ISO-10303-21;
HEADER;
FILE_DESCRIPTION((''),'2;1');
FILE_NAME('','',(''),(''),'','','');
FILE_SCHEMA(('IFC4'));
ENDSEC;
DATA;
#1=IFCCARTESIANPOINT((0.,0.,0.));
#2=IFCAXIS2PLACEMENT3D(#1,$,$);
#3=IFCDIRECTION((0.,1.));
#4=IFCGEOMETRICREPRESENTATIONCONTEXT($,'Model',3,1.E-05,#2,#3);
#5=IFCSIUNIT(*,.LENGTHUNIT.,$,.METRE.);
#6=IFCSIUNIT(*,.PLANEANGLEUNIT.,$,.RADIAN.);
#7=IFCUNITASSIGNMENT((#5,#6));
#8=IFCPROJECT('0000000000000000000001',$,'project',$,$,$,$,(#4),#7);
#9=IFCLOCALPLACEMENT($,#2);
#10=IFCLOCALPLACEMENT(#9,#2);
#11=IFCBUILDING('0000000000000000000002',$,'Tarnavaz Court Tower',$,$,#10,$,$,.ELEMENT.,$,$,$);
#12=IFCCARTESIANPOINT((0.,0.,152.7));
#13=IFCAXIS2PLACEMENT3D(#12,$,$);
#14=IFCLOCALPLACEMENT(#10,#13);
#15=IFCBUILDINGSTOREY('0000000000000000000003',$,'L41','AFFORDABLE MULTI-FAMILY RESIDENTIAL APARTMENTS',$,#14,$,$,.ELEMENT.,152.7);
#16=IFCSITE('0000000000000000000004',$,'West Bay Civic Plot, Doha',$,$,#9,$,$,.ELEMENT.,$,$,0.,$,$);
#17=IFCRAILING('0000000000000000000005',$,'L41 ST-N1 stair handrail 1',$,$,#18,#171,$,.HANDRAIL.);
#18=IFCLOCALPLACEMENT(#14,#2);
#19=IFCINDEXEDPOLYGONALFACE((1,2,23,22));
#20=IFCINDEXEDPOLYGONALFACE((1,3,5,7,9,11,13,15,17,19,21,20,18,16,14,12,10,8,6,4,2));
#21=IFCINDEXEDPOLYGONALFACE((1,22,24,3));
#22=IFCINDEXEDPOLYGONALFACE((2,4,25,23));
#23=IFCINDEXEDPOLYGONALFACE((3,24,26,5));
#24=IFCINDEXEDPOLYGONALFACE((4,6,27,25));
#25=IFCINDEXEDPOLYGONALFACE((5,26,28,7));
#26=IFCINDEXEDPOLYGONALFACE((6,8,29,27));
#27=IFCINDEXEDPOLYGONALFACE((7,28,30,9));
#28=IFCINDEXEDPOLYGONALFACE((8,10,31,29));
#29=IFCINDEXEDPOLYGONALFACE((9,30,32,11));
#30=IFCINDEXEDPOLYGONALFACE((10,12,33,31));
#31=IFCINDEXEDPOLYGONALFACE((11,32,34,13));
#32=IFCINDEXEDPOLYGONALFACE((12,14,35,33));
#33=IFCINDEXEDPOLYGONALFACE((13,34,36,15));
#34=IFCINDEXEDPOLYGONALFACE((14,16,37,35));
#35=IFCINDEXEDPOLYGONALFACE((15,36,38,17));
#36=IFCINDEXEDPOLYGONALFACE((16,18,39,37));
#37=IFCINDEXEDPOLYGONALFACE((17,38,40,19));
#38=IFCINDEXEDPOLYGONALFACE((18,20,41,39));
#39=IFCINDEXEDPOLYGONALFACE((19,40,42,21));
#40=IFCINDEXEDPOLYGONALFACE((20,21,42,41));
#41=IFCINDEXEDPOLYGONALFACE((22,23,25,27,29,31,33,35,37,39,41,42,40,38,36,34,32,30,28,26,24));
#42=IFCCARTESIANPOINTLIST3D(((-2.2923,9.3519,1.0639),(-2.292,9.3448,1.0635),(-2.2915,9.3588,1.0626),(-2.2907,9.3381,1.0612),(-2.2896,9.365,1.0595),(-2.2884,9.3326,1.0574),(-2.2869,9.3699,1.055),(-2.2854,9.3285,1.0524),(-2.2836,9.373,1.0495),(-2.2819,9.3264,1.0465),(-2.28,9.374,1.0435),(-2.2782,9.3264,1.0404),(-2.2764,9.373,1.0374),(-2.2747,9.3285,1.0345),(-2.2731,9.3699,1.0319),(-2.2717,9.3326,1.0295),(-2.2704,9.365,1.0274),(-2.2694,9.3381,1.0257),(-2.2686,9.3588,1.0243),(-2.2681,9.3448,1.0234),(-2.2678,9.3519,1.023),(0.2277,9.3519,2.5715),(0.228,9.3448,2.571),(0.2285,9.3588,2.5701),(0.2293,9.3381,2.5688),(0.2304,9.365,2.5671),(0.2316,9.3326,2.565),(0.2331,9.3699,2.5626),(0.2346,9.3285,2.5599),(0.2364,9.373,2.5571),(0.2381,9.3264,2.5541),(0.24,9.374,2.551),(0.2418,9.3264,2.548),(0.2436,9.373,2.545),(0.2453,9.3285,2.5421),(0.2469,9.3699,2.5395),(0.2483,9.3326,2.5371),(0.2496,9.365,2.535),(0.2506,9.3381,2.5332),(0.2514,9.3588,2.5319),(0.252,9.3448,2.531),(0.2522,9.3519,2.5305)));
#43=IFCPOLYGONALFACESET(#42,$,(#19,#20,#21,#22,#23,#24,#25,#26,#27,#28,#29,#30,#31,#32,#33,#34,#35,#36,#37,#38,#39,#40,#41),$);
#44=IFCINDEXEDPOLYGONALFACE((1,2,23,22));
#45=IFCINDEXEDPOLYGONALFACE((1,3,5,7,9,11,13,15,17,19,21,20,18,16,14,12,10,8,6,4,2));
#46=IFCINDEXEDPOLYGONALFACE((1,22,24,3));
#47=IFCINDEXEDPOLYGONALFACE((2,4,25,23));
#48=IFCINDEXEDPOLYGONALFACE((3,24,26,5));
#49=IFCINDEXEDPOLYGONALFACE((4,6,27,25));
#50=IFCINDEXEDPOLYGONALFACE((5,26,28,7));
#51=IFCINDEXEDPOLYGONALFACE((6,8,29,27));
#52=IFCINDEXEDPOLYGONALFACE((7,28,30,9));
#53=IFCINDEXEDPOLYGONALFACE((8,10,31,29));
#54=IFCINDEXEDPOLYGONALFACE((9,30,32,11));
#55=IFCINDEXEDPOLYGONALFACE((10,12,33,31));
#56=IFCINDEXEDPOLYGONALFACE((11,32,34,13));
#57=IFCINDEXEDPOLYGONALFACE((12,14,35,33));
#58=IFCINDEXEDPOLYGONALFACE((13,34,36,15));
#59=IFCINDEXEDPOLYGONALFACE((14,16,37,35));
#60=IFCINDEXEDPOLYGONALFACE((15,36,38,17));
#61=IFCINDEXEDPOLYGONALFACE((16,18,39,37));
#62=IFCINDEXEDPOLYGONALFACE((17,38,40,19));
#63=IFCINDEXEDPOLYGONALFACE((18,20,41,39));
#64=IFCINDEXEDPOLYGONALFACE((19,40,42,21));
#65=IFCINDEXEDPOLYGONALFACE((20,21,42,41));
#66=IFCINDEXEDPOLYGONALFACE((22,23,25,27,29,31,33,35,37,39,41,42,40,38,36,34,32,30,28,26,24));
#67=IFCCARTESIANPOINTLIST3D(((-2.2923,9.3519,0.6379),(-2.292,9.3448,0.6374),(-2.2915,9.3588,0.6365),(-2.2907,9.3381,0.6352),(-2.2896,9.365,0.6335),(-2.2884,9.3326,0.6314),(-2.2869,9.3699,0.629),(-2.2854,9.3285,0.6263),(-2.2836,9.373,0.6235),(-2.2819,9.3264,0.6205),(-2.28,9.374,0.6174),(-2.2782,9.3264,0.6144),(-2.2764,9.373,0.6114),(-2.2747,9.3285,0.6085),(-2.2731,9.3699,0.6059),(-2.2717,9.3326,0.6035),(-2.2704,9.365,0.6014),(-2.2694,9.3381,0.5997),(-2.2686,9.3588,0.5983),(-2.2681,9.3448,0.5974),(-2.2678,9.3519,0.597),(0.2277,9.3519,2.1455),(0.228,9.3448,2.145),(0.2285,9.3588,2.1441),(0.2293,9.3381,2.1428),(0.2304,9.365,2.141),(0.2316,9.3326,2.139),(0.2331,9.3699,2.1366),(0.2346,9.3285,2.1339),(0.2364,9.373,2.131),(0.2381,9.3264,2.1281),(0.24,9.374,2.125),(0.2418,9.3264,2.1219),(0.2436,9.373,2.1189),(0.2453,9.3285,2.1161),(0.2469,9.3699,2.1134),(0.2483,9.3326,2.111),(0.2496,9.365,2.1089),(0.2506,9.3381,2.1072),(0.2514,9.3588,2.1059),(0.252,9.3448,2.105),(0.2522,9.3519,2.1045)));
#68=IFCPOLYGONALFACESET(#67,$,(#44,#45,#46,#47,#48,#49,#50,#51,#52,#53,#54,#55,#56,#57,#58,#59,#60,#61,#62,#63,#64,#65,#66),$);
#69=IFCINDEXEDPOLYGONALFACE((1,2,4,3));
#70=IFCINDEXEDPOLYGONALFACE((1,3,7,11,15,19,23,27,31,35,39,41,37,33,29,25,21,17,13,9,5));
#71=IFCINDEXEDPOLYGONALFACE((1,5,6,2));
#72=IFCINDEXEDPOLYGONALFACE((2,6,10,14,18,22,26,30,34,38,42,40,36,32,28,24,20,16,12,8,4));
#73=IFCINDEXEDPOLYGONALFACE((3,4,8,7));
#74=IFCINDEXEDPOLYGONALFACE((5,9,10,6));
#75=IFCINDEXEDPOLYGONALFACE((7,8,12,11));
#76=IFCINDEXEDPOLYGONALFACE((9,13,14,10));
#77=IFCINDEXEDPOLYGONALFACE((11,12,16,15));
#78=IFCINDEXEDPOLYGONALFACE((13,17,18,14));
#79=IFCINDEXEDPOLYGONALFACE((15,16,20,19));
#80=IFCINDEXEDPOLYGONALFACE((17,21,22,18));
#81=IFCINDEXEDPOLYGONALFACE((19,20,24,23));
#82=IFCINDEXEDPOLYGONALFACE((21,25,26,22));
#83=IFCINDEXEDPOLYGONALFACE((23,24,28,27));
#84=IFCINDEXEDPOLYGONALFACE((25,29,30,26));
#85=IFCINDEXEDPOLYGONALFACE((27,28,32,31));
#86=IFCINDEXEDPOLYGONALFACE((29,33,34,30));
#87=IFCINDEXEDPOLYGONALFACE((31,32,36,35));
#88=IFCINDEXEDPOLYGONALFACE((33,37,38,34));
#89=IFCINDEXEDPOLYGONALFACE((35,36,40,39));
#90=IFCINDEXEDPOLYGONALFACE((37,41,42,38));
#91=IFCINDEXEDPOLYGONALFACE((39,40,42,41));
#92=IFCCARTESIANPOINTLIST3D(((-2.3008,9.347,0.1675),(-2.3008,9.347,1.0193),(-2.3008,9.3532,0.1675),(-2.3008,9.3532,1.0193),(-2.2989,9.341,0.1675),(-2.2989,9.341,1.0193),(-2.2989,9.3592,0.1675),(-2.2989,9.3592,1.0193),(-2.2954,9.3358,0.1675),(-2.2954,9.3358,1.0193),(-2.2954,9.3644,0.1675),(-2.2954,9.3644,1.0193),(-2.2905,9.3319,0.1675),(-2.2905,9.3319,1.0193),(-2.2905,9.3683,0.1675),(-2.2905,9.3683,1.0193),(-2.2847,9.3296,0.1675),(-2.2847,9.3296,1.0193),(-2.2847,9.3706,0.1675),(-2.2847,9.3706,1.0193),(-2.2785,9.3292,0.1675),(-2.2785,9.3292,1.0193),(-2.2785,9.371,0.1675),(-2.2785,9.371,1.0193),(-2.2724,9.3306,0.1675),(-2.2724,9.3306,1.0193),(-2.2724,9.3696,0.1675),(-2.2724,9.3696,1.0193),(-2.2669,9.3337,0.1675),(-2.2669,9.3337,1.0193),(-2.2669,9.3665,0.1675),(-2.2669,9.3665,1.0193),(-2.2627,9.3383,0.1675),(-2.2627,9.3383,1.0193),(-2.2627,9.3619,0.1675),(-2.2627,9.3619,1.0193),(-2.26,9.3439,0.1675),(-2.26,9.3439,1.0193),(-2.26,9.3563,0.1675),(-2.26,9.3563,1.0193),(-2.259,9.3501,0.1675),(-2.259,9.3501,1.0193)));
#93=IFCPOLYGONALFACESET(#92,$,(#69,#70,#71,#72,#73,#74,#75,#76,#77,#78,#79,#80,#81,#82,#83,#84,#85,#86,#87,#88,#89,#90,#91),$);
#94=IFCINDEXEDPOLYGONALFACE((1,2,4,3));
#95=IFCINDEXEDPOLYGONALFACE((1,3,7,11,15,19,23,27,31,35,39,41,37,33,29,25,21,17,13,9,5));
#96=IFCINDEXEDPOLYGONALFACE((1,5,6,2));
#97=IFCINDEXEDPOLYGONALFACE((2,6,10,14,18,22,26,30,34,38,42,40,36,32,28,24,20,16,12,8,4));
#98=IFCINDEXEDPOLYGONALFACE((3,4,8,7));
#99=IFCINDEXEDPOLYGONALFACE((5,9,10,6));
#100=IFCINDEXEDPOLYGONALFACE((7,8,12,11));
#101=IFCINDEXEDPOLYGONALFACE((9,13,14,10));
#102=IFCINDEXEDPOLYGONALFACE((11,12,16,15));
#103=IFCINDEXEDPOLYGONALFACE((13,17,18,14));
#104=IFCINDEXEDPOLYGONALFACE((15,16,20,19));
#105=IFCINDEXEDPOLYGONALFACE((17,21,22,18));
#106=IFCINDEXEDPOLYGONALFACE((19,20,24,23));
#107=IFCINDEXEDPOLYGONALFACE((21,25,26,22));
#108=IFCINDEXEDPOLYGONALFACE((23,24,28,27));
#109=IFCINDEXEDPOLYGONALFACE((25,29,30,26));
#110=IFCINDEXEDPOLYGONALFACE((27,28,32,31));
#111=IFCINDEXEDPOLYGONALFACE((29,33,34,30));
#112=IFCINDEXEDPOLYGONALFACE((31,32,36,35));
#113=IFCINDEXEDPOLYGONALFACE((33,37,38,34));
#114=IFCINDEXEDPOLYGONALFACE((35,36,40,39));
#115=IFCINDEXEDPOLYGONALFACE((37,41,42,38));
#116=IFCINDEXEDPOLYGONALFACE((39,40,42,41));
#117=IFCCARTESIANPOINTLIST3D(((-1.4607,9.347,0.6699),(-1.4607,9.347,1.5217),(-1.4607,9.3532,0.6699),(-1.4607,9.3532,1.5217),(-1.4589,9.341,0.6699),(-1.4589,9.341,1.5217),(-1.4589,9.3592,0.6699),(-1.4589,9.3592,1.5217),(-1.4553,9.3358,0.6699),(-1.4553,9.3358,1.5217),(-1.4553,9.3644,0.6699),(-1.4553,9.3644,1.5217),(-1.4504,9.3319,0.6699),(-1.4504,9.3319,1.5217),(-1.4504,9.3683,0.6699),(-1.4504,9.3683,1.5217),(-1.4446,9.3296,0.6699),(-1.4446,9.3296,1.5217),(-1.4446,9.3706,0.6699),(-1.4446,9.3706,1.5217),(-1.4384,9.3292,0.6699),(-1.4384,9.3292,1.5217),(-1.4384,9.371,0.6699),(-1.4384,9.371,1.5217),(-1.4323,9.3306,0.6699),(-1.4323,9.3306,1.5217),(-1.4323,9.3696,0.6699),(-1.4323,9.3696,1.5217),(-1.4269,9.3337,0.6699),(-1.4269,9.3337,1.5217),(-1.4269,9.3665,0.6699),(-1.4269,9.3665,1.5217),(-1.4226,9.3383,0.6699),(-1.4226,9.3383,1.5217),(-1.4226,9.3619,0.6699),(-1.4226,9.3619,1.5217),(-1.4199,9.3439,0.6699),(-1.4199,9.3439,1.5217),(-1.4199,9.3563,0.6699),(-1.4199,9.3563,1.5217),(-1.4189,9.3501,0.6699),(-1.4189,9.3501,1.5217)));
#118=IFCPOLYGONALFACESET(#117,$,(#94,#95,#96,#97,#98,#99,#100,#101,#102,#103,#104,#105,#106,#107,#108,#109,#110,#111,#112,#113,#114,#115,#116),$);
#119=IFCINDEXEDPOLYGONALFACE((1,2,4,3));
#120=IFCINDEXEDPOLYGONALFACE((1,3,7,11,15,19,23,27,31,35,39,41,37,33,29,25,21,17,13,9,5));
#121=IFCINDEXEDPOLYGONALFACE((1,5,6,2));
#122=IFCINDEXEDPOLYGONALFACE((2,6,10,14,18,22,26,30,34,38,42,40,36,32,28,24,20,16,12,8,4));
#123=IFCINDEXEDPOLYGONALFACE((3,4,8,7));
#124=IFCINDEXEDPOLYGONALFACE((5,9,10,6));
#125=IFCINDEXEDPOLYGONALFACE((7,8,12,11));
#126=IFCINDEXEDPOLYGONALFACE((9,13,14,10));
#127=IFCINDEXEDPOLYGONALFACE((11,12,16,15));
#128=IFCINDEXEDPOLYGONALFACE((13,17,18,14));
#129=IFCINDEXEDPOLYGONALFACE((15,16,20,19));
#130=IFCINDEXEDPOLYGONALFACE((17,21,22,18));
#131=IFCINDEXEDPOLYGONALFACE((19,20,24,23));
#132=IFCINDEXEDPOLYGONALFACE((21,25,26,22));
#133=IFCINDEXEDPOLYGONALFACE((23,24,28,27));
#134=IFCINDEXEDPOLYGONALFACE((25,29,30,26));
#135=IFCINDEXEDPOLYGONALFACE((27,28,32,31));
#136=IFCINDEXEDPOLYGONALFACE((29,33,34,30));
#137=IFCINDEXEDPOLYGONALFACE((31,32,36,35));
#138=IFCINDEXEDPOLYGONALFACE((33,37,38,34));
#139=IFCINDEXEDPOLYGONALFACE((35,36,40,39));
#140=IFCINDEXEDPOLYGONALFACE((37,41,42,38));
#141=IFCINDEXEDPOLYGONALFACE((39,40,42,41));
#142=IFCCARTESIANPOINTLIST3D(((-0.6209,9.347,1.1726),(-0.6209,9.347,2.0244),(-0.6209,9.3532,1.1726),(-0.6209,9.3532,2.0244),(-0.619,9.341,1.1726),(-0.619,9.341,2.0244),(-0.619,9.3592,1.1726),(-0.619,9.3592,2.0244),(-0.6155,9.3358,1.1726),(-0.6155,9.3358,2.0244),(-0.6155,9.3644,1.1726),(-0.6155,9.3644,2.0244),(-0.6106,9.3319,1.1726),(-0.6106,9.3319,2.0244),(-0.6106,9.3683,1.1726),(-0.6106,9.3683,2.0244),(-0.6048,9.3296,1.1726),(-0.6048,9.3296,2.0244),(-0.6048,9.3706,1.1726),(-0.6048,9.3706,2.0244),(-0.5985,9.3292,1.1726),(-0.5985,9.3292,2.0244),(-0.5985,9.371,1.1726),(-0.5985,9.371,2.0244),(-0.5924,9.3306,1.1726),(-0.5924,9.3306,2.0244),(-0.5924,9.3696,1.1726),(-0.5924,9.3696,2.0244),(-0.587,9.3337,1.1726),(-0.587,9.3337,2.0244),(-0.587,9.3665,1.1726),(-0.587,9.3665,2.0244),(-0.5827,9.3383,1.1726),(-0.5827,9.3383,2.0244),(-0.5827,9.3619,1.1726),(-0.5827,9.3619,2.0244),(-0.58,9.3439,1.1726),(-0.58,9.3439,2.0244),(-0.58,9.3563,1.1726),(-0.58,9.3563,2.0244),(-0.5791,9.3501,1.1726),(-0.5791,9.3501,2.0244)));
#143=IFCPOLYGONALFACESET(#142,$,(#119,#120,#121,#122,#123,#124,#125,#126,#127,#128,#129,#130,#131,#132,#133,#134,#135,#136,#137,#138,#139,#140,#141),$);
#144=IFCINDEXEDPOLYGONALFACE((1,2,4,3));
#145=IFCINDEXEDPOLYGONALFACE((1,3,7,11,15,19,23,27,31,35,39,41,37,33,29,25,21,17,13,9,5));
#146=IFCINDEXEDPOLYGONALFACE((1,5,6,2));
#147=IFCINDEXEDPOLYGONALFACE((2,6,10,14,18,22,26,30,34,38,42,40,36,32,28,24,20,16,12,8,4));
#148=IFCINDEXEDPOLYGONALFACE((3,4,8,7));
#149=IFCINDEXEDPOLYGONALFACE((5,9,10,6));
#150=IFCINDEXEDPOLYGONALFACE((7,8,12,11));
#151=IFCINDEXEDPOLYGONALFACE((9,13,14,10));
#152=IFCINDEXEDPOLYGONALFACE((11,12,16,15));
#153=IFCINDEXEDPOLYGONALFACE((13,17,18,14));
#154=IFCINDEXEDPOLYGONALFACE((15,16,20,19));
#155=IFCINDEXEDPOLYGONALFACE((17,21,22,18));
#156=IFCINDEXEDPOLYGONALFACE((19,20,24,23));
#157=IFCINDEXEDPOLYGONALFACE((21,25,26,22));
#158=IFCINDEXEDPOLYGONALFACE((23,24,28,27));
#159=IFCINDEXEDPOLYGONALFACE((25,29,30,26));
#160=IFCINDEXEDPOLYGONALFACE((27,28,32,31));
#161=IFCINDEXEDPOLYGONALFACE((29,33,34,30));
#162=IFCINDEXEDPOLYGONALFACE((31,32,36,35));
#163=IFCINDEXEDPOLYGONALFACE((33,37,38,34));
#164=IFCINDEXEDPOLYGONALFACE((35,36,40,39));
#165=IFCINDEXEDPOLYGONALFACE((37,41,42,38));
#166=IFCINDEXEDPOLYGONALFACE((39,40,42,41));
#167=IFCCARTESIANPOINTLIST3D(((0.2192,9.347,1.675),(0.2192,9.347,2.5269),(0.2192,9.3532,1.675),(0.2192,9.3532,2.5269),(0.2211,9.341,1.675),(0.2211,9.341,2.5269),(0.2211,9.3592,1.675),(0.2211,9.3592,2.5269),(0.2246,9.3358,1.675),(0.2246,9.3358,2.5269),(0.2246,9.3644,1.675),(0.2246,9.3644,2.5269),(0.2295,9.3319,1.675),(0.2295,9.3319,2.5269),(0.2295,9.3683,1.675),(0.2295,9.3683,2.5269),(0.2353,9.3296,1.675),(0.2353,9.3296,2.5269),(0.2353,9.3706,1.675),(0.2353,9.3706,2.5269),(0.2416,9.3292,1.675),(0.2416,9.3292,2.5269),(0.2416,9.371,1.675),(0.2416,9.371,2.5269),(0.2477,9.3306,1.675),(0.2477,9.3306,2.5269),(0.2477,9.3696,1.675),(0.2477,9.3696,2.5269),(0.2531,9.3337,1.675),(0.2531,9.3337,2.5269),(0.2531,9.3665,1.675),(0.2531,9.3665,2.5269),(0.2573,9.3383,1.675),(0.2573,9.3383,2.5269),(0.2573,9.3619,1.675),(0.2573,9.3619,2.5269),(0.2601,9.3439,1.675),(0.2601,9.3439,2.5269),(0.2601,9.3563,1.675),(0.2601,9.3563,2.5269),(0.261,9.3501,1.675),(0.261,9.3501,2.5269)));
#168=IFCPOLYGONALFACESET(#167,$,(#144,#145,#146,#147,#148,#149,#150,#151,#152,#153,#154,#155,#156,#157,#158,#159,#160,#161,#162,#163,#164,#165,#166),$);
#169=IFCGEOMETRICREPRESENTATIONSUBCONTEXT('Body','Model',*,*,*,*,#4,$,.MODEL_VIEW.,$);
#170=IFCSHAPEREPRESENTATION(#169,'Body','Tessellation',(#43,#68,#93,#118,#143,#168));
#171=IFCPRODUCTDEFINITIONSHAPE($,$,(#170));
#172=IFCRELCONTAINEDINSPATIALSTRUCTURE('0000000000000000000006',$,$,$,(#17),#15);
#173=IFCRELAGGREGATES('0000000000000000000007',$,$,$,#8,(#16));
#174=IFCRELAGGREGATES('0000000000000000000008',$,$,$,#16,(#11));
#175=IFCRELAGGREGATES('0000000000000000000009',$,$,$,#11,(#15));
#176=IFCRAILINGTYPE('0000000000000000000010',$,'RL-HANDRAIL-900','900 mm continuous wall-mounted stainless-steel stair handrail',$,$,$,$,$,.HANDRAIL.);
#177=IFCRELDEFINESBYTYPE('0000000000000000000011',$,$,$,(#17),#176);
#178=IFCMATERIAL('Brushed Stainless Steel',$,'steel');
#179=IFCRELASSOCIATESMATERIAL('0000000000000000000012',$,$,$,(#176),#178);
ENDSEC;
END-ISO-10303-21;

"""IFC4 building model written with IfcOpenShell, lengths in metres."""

from ifc_helpers import new_model, si_unit, direction, frame, origin, origin_2d, place, context, subcontext, project, spatial, circle, extrude, material, type_object, element, save


model = new_model("IFC4")

# Units and contexts
model_context = context("Model", 3, precision=1e-05, world=origin(), true_north=direction((0.0, 1.0)))
body_context = subcontext(model_context, "Body", "Model", "MODEL_VIEW")
ifc_project = project(units=[si_unit("LENGTHUNIT", "METRE"), si_unit("PLANEANGLEUNIT", "RADIAN")], contexts=[model_context])

# Site, building, storey
site_placement = place(None, origin())
site = spatial("IfcSite", under=ifc_project, at=site_placement, Name="West Bay Civic Plot, Doha", CompositionType="ELEMENT", RefElevation=0.0)
building_placement = place(site_placement, origin())
building = spatial("IfcBuilding", under=site, at=building_placement, Name="Tarnavaz Court Tower", CompositionType="ELEMENT")
storey_placement = place(building_placement, frame((0.0, 0.0, 152.7)))
storey = spatial("IfcBuildingStorey", under=building, at=storey_placement, Name="L41", Description="AFFORDABLE MULTI-FAMILY RESIDENTIAL APARTMENTS", CompositionType="ELEMENT", Elevation=152.7)

# Railing
ifc_material_1 = material(Name="Brushed Stainless Steel", Category="steel")
railing_type_1 = type_object("IfcRailingType", Name="RL-HANDRAIL-900", Description="900 mm continuous wall-mounted stainless-steel stair handrail", PredefinedType="HANDRAIL", material=ifc_material_1)
railing_1_placement = place(storey_placement, frame((-2.28, 9.3501, 0.1675)))
element("IfcRailing", 1, at=railing_1_placement, inside=storey, type_object=railing_type_1, Name="L41 ST-N1 stair handrail 1", PredefinedType="HANDRAIL", context=body_context, shape_type="SweptSolid", body=[
    extrude(circle(Radius=0.0239, at=origin_2d()), frame((0.0, 0.0, 0.876), z_axis=(0.85816, 0.0, 0.513383), x_axis=(0.0, 1.0, 0.0)), (0.0, 0.0, 1.0), 2.9365),
    extrude(circle(Radius=0.0239, at=origin_2d()), frame((0.0, 0.0, 0.45), z_axis=(0.85816, 0.0, 0.513383), x_axis=(0.0, 1.0, 0.0)), (0.0, 0.0, 1.0), 2.9365),
    extrude(circle(Radius=0.021, at=origin_2d()), origin(), (0.0, 0.0, 1.0), 0.8518),
    extrude(circle(Radius=0.021, at=origin_2d()), frame((0.8401, 0.0, 0.5024)), (0.0, 0.0, 1.0), 0.8518),
    extrude(circle(Radius=0.021, at=origin_2d()), frame((1.6799, 0.0, 1.0051)), (0.0, 0.0, 1.0), 0.8518),
    extrude(circle(Radius=0.021, at=origin_2d()), frame((2.52, 0.0, 1.5076)), (0.0, 0.0, 1.0), 0.8518),
])

save(model, "model.ifc")
